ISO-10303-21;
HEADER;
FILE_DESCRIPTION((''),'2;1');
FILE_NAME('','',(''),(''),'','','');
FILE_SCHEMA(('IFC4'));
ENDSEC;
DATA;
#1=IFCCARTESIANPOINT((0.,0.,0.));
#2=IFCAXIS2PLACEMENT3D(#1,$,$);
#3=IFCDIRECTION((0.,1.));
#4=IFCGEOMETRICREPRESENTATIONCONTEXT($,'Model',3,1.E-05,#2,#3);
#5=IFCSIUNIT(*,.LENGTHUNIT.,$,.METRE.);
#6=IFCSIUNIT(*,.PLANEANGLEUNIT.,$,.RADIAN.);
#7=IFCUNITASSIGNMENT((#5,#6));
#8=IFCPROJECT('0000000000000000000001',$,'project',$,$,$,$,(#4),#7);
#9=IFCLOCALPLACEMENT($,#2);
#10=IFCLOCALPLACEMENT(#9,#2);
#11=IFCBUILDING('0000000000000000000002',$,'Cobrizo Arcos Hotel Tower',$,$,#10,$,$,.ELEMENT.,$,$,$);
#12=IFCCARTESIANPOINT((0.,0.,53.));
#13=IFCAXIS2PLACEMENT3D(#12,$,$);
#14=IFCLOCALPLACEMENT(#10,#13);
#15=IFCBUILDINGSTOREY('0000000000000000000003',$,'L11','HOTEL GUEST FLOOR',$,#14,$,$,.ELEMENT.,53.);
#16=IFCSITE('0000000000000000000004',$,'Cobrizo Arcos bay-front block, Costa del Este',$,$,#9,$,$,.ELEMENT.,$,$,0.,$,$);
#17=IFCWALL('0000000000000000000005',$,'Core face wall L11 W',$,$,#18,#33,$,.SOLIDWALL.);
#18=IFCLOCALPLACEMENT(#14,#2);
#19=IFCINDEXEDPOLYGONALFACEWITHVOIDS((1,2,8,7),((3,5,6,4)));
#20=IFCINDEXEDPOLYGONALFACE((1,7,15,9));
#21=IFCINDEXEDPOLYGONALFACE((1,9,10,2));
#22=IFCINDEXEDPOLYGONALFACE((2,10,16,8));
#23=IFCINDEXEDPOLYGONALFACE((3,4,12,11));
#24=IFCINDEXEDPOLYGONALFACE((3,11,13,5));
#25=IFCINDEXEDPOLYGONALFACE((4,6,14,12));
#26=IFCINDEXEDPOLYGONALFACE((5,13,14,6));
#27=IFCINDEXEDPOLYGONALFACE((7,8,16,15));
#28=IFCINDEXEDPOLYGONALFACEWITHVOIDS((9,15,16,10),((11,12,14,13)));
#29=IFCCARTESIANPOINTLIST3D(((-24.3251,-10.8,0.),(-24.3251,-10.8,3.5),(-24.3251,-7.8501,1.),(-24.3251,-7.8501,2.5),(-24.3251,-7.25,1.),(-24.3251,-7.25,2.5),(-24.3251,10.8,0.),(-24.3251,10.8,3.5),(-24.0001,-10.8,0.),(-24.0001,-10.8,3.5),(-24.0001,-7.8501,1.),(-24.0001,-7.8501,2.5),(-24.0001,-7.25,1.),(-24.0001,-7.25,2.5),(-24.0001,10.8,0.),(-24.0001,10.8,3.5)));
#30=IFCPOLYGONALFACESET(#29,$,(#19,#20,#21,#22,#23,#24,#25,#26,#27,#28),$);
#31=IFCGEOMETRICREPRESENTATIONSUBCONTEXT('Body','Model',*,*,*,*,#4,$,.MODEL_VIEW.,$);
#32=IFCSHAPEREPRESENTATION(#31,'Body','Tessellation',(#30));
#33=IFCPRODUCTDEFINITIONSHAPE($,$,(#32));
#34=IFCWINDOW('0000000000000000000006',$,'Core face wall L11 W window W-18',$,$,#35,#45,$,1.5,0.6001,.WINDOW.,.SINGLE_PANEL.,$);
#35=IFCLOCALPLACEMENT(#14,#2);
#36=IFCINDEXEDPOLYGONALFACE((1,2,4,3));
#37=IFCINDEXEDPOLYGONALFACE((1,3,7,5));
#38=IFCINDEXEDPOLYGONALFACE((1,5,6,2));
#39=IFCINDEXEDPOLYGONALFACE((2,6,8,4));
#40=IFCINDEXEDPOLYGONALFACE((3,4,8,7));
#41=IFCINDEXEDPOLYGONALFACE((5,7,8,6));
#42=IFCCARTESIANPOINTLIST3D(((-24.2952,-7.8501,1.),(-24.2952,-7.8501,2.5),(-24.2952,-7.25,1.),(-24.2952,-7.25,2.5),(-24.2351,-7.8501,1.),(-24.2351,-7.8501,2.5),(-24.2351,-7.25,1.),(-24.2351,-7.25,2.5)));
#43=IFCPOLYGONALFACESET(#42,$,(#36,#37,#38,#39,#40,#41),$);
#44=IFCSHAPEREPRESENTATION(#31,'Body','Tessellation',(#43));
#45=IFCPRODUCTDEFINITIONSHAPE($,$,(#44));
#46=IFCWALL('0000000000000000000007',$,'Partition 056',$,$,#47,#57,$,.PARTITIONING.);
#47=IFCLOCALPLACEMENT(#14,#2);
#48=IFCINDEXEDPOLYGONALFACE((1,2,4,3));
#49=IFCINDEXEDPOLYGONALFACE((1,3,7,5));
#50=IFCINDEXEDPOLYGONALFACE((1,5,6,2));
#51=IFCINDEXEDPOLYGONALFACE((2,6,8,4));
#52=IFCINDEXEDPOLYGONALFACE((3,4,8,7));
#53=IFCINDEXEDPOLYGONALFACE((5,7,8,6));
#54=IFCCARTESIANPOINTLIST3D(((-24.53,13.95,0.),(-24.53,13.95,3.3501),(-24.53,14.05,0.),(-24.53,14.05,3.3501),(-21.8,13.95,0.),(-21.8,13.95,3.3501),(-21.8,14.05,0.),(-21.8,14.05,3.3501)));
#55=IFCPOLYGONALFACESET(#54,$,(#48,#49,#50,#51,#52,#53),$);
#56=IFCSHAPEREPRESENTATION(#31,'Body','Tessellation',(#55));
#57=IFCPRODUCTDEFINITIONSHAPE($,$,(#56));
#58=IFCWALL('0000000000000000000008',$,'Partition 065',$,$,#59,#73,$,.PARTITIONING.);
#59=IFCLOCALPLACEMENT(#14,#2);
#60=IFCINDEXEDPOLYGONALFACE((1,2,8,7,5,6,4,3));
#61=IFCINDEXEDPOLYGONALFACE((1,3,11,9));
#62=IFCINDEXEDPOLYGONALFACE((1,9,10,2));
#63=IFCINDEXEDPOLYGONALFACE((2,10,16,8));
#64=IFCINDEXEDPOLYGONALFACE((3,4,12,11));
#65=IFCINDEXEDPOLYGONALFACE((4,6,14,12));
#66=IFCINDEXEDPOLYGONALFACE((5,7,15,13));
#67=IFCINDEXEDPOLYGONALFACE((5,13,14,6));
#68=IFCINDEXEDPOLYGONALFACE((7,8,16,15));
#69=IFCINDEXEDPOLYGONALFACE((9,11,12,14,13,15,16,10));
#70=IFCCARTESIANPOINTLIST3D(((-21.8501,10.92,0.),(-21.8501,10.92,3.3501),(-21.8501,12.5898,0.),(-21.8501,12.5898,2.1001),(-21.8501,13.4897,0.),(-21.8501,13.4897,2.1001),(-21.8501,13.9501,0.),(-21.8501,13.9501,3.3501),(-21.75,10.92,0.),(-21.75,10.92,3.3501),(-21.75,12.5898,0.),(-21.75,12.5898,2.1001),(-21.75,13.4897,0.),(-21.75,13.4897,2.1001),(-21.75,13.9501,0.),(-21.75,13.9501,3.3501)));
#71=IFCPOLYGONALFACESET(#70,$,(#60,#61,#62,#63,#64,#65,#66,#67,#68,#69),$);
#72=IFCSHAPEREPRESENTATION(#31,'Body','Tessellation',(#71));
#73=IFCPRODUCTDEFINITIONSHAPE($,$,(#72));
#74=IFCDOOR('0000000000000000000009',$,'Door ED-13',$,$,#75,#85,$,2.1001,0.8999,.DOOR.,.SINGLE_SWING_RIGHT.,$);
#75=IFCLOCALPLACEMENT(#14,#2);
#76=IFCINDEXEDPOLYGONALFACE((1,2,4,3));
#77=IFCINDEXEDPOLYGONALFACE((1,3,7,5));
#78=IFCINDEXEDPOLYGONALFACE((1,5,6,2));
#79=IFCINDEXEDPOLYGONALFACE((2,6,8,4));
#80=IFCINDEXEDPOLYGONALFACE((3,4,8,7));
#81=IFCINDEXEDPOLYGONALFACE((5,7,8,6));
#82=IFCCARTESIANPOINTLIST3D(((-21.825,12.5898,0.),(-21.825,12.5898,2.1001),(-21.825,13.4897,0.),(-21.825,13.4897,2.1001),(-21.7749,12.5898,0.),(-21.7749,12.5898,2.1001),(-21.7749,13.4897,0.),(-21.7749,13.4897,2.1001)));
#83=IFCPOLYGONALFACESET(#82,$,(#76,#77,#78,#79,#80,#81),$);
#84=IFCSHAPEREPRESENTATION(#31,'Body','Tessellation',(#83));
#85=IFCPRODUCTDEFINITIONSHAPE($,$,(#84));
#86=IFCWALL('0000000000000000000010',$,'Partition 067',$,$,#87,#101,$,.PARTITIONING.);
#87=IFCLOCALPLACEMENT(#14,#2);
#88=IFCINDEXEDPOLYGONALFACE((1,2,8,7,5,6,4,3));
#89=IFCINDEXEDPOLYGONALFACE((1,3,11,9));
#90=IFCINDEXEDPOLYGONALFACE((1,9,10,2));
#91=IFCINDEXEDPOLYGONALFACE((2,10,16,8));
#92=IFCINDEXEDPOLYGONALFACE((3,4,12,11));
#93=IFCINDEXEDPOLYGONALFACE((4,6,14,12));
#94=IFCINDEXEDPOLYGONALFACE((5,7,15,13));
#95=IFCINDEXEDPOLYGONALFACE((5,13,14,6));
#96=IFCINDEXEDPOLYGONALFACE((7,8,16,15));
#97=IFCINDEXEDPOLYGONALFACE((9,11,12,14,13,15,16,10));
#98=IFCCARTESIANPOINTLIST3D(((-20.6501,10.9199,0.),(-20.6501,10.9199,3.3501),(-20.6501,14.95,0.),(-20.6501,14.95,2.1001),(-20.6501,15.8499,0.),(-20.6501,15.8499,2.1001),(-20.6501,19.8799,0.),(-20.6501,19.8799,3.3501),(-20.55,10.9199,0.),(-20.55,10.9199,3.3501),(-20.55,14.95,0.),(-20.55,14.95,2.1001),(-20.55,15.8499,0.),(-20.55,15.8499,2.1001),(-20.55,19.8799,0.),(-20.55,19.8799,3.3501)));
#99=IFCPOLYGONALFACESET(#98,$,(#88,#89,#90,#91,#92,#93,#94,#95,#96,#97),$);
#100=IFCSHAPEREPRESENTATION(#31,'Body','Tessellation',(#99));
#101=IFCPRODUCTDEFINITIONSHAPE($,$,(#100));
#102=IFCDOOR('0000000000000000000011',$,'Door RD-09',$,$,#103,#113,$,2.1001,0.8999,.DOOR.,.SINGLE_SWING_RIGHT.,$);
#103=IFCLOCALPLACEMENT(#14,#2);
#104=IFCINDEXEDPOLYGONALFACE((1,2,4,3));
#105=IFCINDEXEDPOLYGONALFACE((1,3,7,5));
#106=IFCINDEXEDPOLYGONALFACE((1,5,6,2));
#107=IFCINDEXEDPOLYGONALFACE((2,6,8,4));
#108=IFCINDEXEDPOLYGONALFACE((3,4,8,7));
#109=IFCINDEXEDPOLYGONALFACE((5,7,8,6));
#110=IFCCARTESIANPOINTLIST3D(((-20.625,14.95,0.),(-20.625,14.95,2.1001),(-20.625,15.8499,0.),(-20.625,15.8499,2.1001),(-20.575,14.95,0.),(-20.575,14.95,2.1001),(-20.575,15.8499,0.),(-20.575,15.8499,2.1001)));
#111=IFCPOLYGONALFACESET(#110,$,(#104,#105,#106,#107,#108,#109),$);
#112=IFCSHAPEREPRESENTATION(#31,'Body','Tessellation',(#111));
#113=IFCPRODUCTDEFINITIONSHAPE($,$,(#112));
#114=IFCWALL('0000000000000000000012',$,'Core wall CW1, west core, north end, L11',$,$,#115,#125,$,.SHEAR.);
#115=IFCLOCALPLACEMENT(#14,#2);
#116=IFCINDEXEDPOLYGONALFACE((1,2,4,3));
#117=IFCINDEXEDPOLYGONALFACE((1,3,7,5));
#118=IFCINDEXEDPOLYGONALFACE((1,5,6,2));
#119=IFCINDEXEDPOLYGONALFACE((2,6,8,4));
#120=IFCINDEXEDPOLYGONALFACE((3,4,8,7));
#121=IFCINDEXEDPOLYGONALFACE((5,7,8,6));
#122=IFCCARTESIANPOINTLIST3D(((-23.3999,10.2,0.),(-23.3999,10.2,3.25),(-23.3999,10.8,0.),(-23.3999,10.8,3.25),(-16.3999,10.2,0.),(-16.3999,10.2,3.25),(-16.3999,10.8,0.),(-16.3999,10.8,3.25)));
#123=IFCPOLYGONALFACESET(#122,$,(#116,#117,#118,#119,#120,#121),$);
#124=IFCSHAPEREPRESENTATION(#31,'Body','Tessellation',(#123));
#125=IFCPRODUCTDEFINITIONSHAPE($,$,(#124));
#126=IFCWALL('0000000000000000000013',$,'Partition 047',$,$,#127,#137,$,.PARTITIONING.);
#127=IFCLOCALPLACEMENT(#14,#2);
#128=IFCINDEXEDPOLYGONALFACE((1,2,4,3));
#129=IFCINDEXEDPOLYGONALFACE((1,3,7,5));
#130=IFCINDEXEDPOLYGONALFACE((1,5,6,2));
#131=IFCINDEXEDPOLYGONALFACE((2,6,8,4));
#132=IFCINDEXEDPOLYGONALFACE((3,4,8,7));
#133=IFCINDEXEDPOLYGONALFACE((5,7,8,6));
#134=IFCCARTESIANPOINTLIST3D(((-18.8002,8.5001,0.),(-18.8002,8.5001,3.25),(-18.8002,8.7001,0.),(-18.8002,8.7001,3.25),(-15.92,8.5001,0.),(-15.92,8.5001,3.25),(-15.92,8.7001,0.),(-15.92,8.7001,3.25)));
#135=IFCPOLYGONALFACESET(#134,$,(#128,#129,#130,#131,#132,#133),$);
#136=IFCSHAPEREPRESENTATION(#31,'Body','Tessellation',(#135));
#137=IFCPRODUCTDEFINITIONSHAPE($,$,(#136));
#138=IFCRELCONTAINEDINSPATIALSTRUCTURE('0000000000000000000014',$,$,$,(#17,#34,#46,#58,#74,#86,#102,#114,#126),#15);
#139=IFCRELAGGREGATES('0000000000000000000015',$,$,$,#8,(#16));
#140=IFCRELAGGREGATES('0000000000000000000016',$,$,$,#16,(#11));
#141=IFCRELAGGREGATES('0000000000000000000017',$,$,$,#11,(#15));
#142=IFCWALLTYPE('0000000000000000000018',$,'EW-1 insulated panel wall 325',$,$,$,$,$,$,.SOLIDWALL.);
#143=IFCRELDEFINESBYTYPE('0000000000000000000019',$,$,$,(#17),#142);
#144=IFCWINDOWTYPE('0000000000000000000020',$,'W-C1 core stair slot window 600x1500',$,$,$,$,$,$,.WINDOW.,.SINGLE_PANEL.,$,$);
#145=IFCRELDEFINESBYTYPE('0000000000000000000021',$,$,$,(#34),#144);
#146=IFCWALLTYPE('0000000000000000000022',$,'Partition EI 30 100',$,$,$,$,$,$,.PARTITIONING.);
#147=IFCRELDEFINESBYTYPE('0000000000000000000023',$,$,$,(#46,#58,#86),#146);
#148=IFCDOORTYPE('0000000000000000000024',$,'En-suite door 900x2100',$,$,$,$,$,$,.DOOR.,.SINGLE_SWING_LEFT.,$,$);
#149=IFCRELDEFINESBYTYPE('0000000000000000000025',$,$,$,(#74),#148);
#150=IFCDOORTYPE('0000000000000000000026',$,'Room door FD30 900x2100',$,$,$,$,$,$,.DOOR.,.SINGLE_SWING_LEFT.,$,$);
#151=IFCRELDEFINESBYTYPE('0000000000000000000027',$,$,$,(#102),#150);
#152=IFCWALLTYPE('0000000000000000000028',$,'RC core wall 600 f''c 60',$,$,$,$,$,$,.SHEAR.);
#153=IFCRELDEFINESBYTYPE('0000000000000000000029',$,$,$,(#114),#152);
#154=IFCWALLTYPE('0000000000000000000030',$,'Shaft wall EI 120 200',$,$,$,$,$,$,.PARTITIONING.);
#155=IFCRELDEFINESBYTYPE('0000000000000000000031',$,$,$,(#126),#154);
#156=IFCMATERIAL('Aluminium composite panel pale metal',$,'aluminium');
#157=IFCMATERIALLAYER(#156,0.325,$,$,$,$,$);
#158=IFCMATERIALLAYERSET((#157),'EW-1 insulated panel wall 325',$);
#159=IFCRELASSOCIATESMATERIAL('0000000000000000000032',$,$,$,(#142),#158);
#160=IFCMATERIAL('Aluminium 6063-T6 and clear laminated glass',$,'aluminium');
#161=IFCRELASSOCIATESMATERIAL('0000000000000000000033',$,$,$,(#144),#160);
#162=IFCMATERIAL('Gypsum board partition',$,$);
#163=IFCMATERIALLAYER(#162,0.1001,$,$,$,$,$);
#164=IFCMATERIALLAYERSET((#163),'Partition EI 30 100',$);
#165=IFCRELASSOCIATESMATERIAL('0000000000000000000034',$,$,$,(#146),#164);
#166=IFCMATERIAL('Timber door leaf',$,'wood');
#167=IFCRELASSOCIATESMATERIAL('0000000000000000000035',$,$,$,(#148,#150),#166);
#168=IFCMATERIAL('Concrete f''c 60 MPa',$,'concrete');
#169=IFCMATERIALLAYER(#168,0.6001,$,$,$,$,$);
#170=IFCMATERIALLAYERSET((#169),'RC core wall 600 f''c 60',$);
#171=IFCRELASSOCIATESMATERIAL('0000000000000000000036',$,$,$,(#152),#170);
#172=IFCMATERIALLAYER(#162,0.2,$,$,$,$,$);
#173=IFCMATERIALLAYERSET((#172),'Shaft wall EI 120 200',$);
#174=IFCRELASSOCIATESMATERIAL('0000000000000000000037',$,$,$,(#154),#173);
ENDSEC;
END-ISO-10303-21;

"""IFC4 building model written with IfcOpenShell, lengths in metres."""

from ifc_helpers import new_model, si_unit, direction, frame, frame_2d, origin, place, context, subcontext, project, spatial, rectangle, extrude, material, layer, layer_set, type_object, element, fill, save


model = new_model("IFC4")

# Units and contexts
model_context = context("Model", 3, precision=1e-05, world=origin(), true_north=direction((0.0, 1.0)))
body_context = subcontext(model_context, "Body", "Model", "MODEL_VIEW")
ifc_project = project(units=[si_unit("LENGTHUNIT", "METRE"), si_unit("PLANEANGLEUNIT", "RADIAN")], contexts=[model_context])

# Site, building, storey
site_placement = place(None, origin())
site = spatial("IfcSite", under=ifc_project, at=site_placement, Name="Cobrizo Arcos bay-front block, Costa del Este", CompositionType="ELEMENT", RefElevation=0.0)
building_placement = place(site_placement, origin())
building = spatial("IfcBuilding", under=site, at=building_placement, Name="Cobrizo Arcos Hotel Tower", CompositionType="ELEMENT")
storey_placement = place(building_placement, frame((0.0, 0.0, 53.0)))
storey = spatial("IfcBuildingStorey", under=building, at=storey_placement, Name="L11", Description="HOTEL GUEST FLOOR", CompositionType="ELEMENT", Elevation=53.0)

# Shared definitions
ifc_material_1 = material(Name="Aluminium composite panel pale metal", Category="aluminium")

# Shared definitions
ifc_material_2 = material(Name="Gypsum board partition")
ifc_material_3 = material(Name="Timber door leaf", Category="wood")

# Wall, opening, window
ifc_layer_1 = layer(ifc_material_1, 0.325)
ifc_layer_set_1 = layer_set([ifc_layer_1], Name="EW-1 insulated panel wall 325")
wall_type_1 = type_object("IfcWallType", Name="EW-1 insulated panel wall 325", PredefinedType="SOLIDWALL", material=ifc_layer_set_1)
wall_1_placement = place(storey_placement, frame((-24.1626, 10.8, 0.0), z_axis=(0.0, 0.0, 1.0), x_axis=(0.0, -1.0, 0.0)))
wall_1 = element("IfcWall", 1, at=wall_1_placement, inside=storey, type_object=wall_type_1, Name="Core face wall L11 W", PredefinedType="SOLIDWALL", context=body_context, shape_type="SweptSolid", body=[
    extrude(rectangle(XDim=21.6001, YDim=0.325, at=frame_2d((10.8, 0.0))), origin(), (0.0, 0.0, 1.0), 3.5),
])
opening_1_placement = place(wall_1_placement, frame((18.05, 0.0, 1.0)))
opening_1 = element("IfcOpeningElement", 2, at=opening_1_placement, cuts=wall_1, PredefinedType="OPENING", context=body_context, shape_type="SweptSolid", body=[
    extrude(rectangle(XDim=0.6001, YDim=1.5, at=frame_2d((0.3, 0.75))), frame((0.0, 0.1746, 0.0), z_axis=(0.0, -1.0, 0.0), x_axis=(1.0, 0.0, 0.0)), (0.0, 0.0, 1.0), 0.3489),
])
ifc_material_4 = material(Name="Aluminium 6063-T6 and clear laminated glass", Category="aluminium")
window_type = type_object("IfcWindowType", Name="W-C1 core stair slot window 600x1500", PartitioningType="SINGLE_PANEL", PredefinedType="WINDOW", material=ifc_material_4)
window_placement = place(opening_1_placement, origin())
window = element("IfcWindow", 3, at=window_placement, inside=storey, type_object=window_type, Name="Core face wall L11 W window W-18", OverallHeight=1.5, OverallWidth=0.6001, PartitioningType="SINGLE_PANEL", PredefinedType="WINDOW", context=body_context, shape_type="SweptSolid", body=[
    extrude(rectangle(XDim=0.6001, YDim=1.5, at=frame_2d((0.3, 0.75))), frame((0.0, -0.0725, 0.0), z_axis=(0.0, -1.0, 0.0), x_axis=(1.0, 0.0, 0.0)), (0.0, 0.0, 1.0), 0.0601),
])
fill(opening_1, window)

# Wall
ifc_layer_2 = layer(ifc_material_2, 0.1001)
ifc_layer_set_2 = layer_set([ifc_layer_2], Name="Partition EI 30 100")
wall_type_2 = type_object("IfcWallType", Name="Partition EI 30 100", PredefinedType="PARTITIONING", material=ifc_layer_set_2)
wall_2_placement = place(storey_placement, frame((-24.53, 14.0, 0.0), z_axis=(0.0, 0.0, 1.0), x_axis=(1.0, 0.0, 0.0)))
element("IfcWall", 4, at=wall_2_placement, inside=storey, type_object=wall_type_2, Name="Partition 056", PredefinedType="PARTITIONING", context=body_context, shape_type="SweptSolid", body=[
    extrude(rectangle(XDim=2.73, YDim=0.1001, at=frame_2d((1.365, 0.0))), origin(), (0.0, 0.0, 1.0), 3.3501),
])

# Walls, openings, doors
wall_3_placement = place(storey_placement, frame((-21.8, 10.9199, 0.0), z_axis=(0.0, 0.0, 1.0), x_axis=(0.0, 1.0, 0.0)))
wall_3 = element("IfcWall", 5, at=wall_3_placement, inside=storey, type_object=wall_type_2, Name="Partition 065", PredefinedType="PARTITIONING", context=body_context, shape_type="SweptSolid", body=[
    extrude(rectangle(XDim=3.03, YDim=0.1001, at=frame_2d((1.5151, 0.0))), origin(), (0.0, 0.0, 1.0), 3.3501),
])
opening_2_placement = place(wall_3_placement, frame((1.6699, 0.0, 0.0)))
opening_2 = element("IfcOpeningElement", 6, at=opening_2_placement, cuts=wall_3, PredefinedType="OPENING", context=body_context, shape_type="SweptSolid", body=[
    extrude(rectangle(XDim=0.8999, YDim=2.1001, at=frame_2d((0.45, 1.05))), frame((0.0, 0.062, 0.0), z_axis=(0.0, -1.0, 0.0), x_axis=(1.0, 0.0, 0.0)), (0.0, 0.0, 1.0), 0.124),
])
door_type_1 = type_object("IfcDoorType", Name="En-suite door 900x2100", OperationType="SINGLE_SWING_LEFT", PredefinedType="DOOR", material=ifc_material_3)
door_1_placement = place(opening_2_placement, origin())
door_1 = element("IfcDoor", 7, at=door_1_placement, inside=storey, type_object=door_type_1, Name="Door ED-13", OperationType="SINGLE_SWING_RIGHT", OverallHeight=2.1001, OverallWidth=0.8999, PredefinedType="DOOR", context=body_context, shape_type="SweptSolid", body=[
    extrude(rectangle(XDim=0.8999, YDim=2.1001, at=frame_2d((0.45, 1.05))), frame((0.0, 0.0249, 0.0), z_axis=(0.0, -1.0, 0.0), x_axis=(1.0, 0.0, 0.0)), (0.0, 0.0, 1.0), 0.05),
])
fill(opening_2, door_1)
wall_4_placement = place(storey_placement, frame((-20.6001, 10.9199, 0.0), z_axis=(0.0, 0.0, 1.0), x_axis=(0.0, 1.0, 0.0)))
wall_4 = element("IfcWall", 8, at=wall_4_placement, inside=storey, type_object=wall_type_2, Name="Partition 067", PredefinedType="PARTITIONING", context=body_context, shape_type="SweptSolid", body=[
    extrude(rectangle(XDim=8.96, YDim=0.1001, at=frame_2d((4.48, 0.0))), origin(), (0.0, 0.0, 1.0), 3.3501),
])
opening_3_placement = place(wall_4_placement, frame((4.03, 0.0, 0.0)))
opening_3 = element("IfcOpeningElement", 9, at=opening_3_placement, cuts=wall_4, PredefinedType="OPENING", context=body_context, shape_type="SweptSolid", body=[
    extrude(rectangle(XDim=0.8999, YDim=2.1001, at=frame_2d((0.45, 1.05))), frame((0.0, 0.062, 0.0), z_axis=(0.0, -1.0, 0.0), x_axis=(1.0, 0.0, 0.0)), (0.0, 0.0, 1.0), 0.124),
])
door_type_2 = type_object("IfcDoorType", Name="Room door FD30 900x2100", OperationType="SINGLE_SWING_LEFT", PredefinedType="DOOR", material=ifc_material_3)
door_2_placement = place(opening_3_placement, origin())
door_2 = element("IfcDoor", 10, at=door_2_placement, inside=storey, type_object=door_type_2, Name="Door RD-09", OperationType="SINGLE_SWING_RIGHT", OverallHeight=2.1001, OverallWidth=0.8999, PredefinedType="DOOR", context=body_context, shape_type="SweptSolid", body=[
    extrude(rectangle(XDim=0.8999, YDim=2.1001, at=frame_2d((0.45, 1.05))), frame((0.0, 0.0249, 0.0), z_axis=(0.0, -1.0, 0.0), x_axis=(1.0, 0.0, 0.0)), (0.0, 0.0, 1.0), 0.05),
])
fill(opening_3, door_2)

# Walls
ifc_material_5 = material(Name="Concrete f'c 60 MPa", Category="concrete")
ifc_layer_3 = layer(ifc_material_5, 0.6001)
ifc_layer_set_3 = layer_set([ifc_layer_3], Name="RC core wall 600 f'c 60")
wall_type_3 = type_object("IfcWallType", Name="RC core wall 600 f'c 60", PredefinedType="SHEAR", material=ifc_layer_set_3)
wall_5_placement = place(storey_placement, frame((-23.3999, 10.5, 0.0), z_axis=(0.0, 0.0, 1.0), x_axis=(1.0, 0.0, 0.0)))
element("IfcWall", 11, at=wall_5_placement, inside=storey, type_object=wall_type_3, Name="Core wall CW1, west core, north end, L11", PredefinedType="SHEAR", context=body_context, shape_type="SweptSolid", body=[
    extrude(rectangle(XDim=7.0, YDim=0.6001, at=frame_2d((3.5, 0.0))), origin(), (0.0, 0.0, 1.0), 3.25),
])
ifc_layer_4 = layer(ifc_material_2, 0.2)
ifc_layer_set_4 = layer_set([ifc_layer_4], Name="Shaft wall EI 120 200")
wall_type_4 = type_object("IfcWallType", Name="Shaft wall EI 120 200", PredefinedType="PARTITIONING", material=ifc_layer_set_4)
wall_6_placement = place(storey_placement, frame((-18.8, 8.6001, 0.0), z_axis=(0.0, 0.0, 1.0), x_axis=(1.0, 0.0, 0.0)))
element("IfcWall", 12, at=wall_6_placement, inside=storey, type_object=wall_type_4, Name="Partition 047", PredefinedType="PARTITIONING", context=body_context, shape_type="SweptSolid", body=[
    extrude(rectangle(XDim=2.8801, YDim=0.2, at=frame_2d((1.4399, 0.0))), origin(), (0.0, 0.0, 1.0), 3.25),
])

save(model, "model.ifc")
